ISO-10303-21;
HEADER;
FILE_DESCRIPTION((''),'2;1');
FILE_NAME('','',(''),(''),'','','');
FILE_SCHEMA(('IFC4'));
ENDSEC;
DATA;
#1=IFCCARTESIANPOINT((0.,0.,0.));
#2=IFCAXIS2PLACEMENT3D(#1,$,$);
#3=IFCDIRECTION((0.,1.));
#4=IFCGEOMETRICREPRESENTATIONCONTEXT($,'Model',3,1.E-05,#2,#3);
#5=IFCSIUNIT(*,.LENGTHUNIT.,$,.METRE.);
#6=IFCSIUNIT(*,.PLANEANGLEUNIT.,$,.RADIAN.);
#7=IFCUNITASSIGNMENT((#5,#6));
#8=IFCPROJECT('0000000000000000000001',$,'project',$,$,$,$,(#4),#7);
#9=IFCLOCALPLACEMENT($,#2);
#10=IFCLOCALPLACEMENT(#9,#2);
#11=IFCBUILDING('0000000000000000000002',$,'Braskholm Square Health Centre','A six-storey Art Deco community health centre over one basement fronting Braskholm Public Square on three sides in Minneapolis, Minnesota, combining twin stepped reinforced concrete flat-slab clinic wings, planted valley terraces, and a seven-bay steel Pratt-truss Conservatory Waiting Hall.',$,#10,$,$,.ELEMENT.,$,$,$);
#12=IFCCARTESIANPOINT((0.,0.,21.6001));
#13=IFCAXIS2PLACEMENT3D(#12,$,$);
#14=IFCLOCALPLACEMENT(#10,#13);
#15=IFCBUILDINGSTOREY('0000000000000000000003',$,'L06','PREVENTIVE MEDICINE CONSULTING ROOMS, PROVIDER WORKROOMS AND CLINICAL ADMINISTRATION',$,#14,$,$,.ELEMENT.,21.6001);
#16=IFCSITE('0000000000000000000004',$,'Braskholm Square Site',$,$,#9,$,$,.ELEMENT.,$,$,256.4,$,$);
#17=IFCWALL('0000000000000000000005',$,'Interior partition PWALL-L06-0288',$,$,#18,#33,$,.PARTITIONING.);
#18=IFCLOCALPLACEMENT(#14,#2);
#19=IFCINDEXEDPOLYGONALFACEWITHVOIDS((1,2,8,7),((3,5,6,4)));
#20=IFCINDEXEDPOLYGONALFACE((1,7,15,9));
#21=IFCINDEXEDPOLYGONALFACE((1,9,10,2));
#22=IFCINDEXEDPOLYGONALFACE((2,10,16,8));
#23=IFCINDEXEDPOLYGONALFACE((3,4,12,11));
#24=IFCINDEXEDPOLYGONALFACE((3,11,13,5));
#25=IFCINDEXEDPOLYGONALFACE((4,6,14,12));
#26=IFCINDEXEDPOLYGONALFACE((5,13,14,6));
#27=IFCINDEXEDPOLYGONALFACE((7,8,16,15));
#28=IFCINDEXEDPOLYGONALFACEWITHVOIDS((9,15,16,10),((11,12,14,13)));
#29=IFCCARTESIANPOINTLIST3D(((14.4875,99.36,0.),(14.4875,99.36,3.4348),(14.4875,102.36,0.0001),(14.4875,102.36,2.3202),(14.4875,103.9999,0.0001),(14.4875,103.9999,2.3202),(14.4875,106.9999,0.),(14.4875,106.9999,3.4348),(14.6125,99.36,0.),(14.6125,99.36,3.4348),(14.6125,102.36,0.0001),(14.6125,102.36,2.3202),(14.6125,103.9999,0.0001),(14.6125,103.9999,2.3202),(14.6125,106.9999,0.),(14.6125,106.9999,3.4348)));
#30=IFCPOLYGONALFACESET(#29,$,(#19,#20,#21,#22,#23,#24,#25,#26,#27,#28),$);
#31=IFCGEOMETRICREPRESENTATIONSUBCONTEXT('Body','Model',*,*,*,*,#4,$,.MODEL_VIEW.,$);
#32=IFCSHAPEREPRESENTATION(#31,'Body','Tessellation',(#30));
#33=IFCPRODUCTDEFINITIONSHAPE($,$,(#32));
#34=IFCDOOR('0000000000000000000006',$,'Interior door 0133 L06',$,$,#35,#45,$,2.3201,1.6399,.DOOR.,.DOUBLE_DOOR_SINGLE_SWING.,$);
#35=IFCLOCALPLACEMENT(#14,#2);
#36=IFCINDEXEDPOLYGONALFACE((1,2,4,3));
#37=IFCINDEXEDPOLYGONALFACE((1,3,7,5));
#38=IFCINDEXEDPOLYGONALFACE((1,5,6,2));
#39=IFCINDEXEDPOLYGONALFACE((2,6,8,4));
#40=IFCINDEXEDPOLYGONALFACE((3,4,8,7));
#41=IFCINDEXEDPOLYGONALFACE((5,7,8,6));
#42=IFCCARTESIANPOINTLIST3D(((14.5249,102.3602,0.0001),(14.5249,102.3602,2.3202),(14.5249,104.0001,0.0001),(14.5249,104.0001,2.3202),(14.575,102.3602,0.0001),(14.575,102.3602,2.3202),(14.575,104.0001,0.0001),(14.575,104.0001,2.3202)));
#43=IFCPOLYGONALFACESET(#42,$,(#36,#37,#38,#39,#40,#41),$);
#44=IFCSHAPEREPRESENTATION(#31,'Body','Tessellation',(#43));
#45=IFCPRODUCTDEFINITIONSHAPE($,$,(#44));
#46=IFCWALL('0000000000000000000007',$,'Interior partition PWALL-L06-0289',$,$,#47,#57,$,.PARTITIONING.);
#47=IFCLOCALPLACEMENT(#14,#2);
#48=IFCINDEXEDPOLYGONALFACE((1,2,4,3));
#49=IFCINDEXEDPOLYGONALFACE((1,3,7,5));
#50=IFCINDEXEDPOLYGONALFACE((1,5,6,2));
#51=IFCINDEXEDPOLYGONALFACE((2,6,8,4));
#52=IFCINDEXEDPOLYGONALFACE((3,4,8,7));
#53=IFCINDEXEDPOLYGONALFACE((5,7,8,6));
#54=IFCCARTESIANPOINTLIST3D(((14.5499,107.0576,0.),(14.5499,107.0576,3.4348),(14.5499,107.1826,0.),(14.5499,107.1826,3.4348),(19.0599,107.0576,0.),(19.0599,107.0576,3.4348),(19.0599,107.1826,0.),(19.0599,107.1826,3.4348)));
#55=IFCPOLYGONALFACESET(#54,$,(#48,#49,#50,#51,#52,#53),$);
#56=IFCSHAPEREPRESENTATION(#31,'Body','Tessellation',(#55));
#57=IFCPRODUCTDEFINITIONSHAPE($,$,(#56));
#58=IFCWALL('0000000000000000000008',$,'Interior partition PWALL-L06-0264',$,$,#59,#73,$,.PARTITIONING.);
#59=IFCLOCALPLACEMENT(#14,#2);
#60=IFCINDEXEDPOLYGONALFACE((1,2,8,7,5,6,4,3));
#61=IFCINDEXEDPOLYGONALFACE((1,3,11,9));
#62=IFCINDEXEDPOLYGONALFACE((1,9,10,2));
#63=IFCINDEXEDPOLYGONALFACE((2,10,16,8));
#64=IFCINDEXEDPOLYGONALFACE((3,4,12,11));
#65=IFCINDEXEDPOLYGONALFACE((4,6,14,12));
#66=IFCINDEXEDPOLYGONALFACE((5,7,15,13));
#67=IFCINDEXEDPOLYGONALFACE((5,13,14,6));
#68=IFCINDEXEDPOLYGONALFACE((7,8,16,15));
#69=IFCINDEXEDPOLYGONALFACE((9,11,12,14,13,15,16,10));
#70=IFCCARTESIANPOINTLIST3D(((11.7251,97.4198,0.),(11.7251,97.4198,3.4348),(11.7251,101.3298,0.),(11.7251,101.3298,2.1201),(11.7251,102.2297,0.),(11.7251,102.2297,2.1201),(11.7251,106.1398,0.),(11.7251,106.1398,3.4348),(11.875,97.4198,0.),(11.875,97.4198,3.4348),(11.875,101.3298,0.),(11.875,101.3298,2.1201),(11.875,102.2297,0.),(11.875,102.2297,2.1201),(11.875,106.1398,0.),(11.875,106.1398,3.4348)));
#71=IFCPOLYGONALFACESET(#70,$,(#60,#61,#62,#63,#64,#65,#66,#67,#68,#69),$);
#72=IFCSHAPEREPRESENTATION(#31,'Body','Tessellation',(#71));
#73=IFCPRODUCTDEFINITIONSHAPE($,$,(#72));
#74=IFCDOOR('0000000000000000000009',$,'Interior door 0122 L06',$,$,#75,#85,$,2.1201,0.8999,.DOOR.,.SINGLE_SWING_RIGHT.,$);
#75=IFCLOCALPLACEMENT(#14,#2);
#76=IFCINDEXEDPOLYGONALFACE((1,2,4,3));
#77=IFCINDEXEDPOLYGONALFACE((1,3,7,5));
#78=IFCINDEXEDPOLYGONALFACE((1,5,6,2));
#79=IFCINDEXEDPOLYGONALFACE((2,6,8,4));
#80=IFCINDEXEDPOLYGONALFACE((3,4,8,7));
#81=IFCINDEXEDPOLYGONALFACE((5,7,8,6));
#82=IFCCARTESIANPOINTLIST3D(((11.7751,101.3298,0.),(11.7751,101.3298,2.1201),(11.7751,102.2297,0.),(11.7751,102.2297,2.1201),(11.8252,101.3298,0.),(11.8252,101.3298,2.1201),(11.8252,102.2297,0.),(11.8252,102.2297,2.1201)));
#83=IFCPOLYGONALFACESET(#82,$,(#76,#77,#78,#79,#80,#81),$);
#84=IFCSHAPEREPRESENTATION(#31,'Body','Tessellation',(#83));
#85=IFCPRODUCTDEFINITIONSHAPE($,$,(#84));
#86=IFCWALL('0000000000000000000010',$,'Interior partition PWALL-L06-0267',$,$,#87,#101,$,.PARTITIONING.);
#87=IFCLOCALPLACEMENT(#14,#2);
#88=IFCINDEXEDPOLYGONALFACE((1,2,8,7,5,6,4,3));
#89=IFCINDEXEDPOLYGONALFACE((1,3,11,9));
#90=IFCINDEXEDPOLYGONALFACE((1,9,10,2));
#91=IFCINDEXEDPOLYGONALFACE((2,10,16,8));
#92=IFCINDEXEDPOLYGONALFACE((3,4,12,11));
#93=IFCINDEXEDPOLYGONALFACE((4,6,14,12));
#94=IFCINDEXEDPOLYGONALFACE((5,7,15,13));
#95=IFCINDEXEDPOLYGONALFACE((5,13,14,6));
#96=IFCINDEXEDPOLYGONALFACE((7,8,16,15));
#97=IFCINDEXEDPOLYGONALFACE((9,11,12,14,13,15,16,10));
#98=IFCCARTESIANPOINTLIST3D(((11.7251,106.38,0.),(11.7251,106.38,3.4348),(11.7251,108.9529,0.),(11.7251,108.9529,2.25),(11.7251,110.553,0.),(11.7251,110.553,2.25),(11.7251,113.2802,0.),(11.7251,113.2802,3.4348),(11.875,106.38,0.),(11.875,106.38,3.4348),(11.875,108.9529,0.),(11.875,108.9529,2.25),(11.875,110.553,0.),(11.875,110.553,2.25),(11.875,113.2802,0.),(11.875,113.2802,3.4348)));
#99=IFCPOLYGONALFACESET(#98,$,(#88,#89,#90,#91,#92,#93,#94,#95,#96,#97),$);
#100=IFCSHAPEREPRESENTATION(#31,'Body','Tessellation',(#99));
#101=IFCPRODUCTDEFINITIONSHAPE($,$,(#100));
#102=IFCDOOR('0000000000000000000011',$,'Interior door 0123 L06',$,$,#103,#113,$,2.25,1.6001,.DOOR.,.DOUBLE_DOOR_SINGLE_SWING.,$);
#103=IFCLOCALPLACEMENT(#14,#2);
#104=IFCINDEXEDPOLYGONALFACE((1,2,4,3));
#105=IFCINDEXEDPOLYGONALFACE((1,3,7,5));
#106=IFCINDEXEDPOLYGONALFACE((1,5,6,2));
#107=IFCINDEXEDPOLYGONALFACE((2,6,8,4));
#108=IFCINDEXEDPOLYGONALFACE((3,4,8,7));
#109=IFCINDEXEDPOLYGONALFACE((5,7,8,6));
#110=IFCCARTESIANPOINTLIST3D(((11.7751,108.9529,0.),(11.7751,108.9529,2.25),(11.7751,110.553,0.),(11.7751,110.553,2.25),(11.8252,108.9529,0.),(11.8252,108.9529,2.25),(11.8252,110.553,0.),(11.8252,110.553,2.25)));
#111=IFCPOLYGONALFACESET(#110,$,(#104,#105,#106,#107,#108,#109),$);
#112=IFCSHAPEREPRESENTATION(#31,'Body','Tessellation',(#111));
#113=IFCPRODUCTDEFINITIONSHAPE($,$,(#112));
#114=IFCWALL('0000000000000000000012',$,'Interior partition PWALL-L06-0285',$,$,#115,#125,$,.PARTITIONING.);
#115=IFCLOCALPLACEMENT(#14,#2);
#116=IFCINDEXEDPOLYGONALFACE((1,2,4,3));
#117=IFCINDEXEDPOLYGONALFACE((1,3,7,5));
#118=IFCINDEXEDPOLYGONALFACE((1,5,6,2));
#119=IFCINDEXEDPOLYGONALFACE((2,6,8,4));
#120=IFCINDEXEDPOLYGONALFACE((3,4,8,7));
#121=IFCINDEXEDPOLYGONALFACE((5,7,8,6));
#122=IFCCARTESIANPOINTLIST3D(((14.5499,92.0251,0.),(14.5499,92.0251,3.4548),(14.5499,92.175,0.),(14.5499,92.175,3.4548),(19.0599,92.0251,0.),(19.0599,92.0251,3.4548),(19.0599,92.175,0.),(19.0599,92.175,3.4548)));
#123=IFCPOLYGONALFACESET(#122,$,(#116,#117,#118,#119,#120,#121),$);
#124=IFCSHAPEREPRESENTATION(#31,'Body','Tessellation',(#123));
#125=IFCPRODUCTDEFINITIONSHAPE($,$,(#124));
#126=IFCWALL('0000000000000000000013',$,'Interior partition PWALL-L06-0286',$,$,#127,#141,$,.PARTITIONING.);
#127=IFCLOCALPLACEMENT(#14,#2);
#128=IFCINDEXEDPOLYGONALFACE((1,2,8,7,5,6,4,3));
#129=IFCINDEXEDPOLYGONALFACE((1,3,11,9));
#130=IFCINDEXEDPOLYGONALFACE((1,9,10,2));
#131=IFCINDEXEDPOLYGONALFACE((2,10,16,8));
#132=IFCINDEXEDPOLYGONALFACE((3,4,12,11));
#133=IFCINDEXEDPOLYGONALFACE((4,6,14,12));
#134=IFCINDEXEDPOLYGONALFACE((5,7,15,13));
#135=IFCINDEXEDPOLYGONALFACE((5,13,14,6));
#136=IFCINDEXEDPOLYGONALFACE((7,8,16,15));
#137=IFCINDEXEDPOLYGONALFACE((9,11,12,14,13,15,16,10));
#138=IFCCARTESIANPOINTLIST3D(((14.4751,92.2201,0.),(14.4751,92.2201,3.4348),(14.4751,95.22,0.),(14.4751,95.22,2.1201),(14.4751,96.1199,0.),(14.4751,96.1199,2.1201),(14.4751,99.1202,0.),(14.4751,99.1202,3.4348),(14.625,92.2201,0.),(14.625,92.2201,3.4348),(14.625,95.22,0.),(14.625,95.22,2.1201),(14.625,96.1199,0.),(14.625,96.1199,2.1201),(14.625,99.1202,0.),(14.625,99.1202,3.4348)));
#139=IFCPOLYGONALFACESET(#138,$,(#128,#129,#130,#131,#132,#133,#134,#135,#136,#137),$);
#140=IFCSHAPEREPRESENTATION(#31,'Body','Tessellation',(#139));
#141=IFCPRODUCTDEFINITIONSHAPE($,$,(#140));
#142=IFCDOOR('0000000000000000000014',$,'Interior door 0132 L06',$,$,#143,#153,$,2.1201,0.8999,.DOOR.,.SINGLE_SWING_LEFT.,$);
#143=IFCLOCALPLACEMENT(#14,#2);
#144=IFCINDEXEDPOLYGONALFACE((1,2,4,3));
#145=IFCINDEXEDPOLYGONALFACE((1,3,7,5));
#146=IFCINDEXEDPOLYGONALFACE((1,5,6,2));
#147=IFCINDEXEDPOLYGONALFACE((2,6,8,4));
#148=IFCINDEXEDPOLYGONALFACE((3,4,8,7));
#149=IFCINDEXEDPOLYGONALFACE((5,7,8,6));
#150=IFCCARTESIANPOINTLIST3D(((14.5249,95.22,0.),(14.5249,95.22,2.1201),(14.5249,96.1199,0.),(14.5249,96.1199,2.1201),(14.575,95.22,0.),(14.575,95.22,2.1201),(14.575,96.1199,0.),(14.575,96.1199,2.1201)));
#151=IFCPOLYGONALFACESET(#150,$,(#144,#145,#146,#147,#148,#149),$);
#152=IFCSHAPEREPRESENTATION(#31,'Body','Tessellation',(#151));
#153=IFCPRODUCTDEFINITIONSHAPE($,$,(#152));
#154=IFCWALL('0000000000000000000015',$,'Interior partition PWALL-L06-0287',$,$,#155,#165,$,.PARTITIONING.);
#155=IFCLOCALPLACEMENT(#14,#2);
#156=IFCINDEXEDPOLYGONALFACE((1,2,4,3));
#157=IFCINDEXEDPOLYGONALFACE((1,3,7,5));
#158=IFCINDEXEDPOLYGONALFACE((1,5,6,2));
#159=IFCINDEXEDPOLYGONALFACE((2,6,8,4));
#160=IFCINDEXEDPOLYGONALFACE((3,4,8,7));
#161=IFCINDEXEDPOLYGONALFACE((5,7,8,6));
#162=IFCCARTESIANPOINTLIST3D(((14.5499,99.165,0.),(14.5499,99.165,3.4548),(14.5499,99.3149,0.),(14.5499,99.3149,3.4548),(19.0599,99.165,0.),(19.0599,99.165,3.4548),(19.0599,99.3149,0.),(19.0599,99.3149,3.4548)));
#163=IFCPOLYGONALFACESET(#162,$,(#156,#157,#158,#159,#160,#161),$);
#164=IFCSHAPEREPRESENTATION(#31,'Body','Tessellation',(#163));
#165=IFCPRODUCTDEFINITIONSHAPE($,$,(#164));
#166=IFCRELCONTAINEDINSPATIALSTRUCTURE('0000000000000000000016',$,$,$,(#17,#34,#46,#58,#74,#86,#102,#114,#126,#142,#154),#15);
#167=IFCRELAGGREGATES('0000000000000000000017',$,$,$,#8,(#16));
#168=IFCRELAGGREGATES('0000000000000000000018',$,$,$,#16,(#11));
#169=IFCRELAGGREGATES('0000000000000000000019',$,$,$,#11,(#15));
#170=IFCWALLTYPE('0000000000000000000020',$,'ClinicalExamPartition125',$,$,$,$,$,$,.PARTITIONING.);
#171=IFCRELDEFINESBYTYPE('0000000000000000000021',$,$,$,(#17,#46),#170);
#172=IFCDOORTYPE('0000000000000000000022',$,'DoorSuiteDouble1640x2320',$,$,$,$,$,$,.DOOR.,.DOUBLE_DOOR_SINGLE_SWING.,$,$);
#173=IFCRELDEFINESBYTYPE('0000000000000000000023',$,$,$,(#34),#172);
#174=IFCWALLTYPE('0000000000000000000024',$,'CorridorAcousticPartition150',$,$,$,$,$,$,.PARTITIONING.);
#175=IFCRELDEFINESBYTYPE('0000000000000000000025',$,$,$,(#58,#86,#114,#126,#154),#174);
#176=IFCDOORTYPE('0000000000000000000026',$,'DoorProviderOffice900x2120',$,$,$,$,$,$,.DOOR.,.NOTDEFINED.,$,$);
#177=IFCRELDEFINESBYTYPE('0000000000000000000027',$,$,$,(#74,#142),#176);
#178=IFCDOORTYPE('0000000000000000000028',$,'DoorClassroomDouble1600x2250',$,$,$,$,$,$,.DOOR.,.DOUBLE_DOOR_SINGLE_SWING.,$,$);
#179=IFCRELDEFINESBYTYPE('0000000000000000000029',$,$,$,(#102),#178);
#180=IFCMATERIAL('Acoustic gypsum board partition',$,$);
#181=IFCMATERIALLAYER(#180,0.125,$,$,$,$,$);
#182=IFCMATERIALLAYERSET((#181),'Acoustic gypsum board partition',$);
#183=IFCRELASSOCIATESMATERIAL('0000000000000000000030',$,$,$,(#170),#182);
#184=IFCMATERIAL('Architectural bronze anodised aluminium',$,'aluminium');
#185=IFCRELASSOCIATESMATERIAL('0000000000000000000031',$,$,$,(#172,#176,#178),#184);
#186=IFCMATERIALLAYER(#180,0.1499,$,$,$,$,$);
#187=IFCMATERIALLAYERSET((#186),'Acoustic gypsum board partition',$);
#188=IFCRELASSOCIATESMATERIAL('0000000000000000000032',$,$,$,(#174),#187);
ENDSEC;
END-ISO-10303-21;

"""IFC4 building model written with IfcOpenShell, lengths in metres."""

from ifc_helpers import new_model, si_unit, direction, frame, frame_2d, origin, origin_with_axes, place, context, subcontext, project, spatial, rectangle, extrude, material, layer, layer_set, type_object, element, fill, save


model = new_model("IFC4")

# Units and contexts
model_context = context("Model", 3, precision=1e-05, world=origin(), true_north=direction((0.0, 1.0)))
body_context = subcontext(model_context, "Body", "Model", "MODEL_VIEW")
ifc_project = project(units=[si_unit("LENGTHUNIT", "METRE"), si_unit("PLANEANGLEUNIT", "RADIAN")], contexts=[model_context])

# Site, building, storey
site_placement = place(None, origin())
site = spatial("IfcSite", under=ifc_project, at=site_placement, Name="Braskholm Square Site", CompositionType="ELEMENT", RefElevation=256.4)
building_placement = place(site_placement, origin())
building = spatial("IfcBuilding", under=site, at=building_placement, Name="Braskholm Square Health Centre", Description="A six-storey Art Deco community health centre over one basement fronting Braskholm Public Square on three sides in Minneapolis, Minnesota, combining twin stepped reinforced concrete flat-slab clinic wings, planted valley terraces, and a seven-bay steel Pratt-truss Conservatory Waiting Hall.", CompositionType="ELEMENT")
storey_placement = place(building_placement, frame((0.0, 0.0, 21.6001)))
storey = spatial("IfcBuildingStorey", under=building, at=storey_placement, Name="L06", Description="PREVENTIVE MEDICINE CONSULTING ROOMS, PROVIDER WORKROOMS AND CLINICAL ADMINISTRATION", CompositionType="ELEMENT", Elevation=21.6001)

# Shared definitions
ifc_material_1 = material(Name="Architectural bronze anodised aluminium", Category="aluminium")

# Wall, opening, door
ifc_material_2 = material(Name="Acoustic gypsum board partition")
ifc_layer_1 = layer(ifc_material_2, 0.125)
ifc_layer_set_1 = layer_set([ifc_layer_1], Name="Acoustic gypsum board partition")
wall_type_1 = type_object("IfcWallType", Name="ClinicalExamPartition125", PredefinedType="PARTITIONING", material=ifc_layer_set_1)
wall_1_placement = place(storey_placement, frame((14.55, 99.3601, 0.0), z_axis=(0.0, 0.0, 1.0), x_axis=(0.0, 1.0, 0.0)))
wall_1 = element("IfcWall", 1, at=wall_1_placement, inside=storey, type_object=wall_type_1, Name="Interior partition PWALL-L06-0288", PredefinedType="PARTITIONING", context=body_context, shape_type="SweptSolid", body=[
    extrude(rectangle(XDim=7.6399, YDim=0.125, at=frame_2d((3.8198, 0.0))), origin(), (0.0, 0.0, 1.0), 3.4348),
])
opening_1_placement = place(wall_1_placement, frame((3.0, 0.0, 0.0)))
opening_1 = element("IfcOpeningElement", 2, at=opening_1_placement, cuts=wall_1, PredefinedType="OPENING", context=body_context, shape_type="SweptSolid", body=[
    extrude(rectangle(XDim=1.6399, YDim=2.3201, at=frame_2d((0.8198, 1.1602))), frame((0.0, 0.0725, 0.0), z_axis=(0.0, -1.0, 0.0), x_axis=(1.0, 0.0, 0.0)), (0.0, 0.0, 1.0), 0.145),
])
door_type_1 = type_object("IfcDoorType", Name="DoorSuiteDouble1640x2320", OperationType="DOUBLE_DOOR_SINGLE_SWING", PredefinedType="DOOR", material=ifc_material_1)
door_1_placement = place(opening_1_placement, frame((1.6399, 0.0, 0.0), z_axis=(0.0, 0.0, 1.0), x_axis=(-1.0, 0.0, 0.0)))
door_1 = element("IfcDoor", 3, at=door_1_placement, inside=storey, type_object=door_type_1, Name="Interior door 0133 L06", OperationType="DOUBLE_DOOR_SINGLE_SWING", OverallHeight=2.3201, OverallWidth=1.6399, PredefinedType="DOOR", context=body_context, shape_type="SweptSolid", body=[
    extrude(rectangle(XDim=1.6399, YDim=2.3201, at=frame_2d((0.8198, 1.1602))), frame((0.0, 0.0249, 0.0), z_axis=(0.0, -1.0, 0.0), x_axis=(1.0, 0.0, 0.0)), (0.0, 0.0, 1.0), 0.05),
])
fill(opening_1, door_1)

# Wall
wall_2_placement = place(storey_placement, frame((14.55, 107.1201, 0.0), z_axis=(0.0, 0.0, 1.0), x_axis=(1.0, 0.0, 0.0)))
element("IfcWall", 4, at=wall_2_placement, inside=storey, type_object=wall_type_1, Name="Interior partition PWALL-L06-0289", PredefinedType="PARTITIONING", context=body_context, shape_type="SweptSolid", body=[
    extrude(rectangle(XDim=4.51, YDim=0.125, at=frame_2d((2.2549, 0.0))), origin(), (0.0, 0.0, 1.0), 3.4348),
])

# Walls, openings, doors
ifc_layer_2 = layer(ifc_material_2, 0.1499)
ifc_layer_set_2 = layer_set([ifc_layer_2], Name="Acoustic gypsum board partition")
wall_type_2 = type_object("IfcWallType", Name="CorridorAcousticPartition150", PredefinedType="PARTITIONING", material=ifc_layer_set_2)
wall_3_placement = place(storey_placement, frame((11.8, 97.4199, 0.0), z_axis=(0.0, 0.0, 1.0), x_axis=(0.0, 1.0, 0.0)))
wall_3 = element("IfcWall", 5, at=wall_3_placement, inside=storey, type_object=wall_type_2, Name="Interior partition PWALL-L06-0264", PredefinedType="PARTITIONING", context=body_context, shape_type="SweptSolid", body=[
    extrude(rectangle(XDim=8.72, YDim=0.1499, at=frame_2d((4.3599, 0.0))), origin(), (0.0, 0.0, 1.0), 3.4348),
])
opening_2_placement = place(wall_3_placement, frame((3.9099, 0.0, 0.0)))
opening_2 = element("IfcOpeningElement", 6, at=opening_2_placement, cuts=wall_3, PredefinedType="OPENING", context=body_context, shape_type="SweptSolid", body=[
    extrude(rectangle(XDim=0.8999, YDim=2.1201, at=frame_2d((0.45, 1.0601))), frame((0.0, 0.085, 0.0), z_axis=(0.0, -1.0, 0.0), x_axis=(1.0, 0.0, 0.0)), (0.0, 0.0, 1.0), 0.1699),
])
door_type_2 = type_object("IfcDoorType", Name="DoorProviderOffice900x2120", OperationType="NOTDEFINED", PredefinedType="DOOR", material=ifc_material_1)
door_2_placement = place(opening_2_placement, origin_with_axes())
door_2 = element("IfcDoor", 7, at=door_2_placement, inside=storey, type_object=door_type_2, Name="Interior door 0122 L06", OperationType="SINGLE_SWING_RIGHT", OverallHeight=2.1201, OverallWidth=0.8999, PredefinedType="DOOR", context=body_context, shape_type="SweptSolid", body=[
    extrude(rectangle(XDim=0.8999, YDim=2.1201, at=frame_2d((0.45, 1.0601))), frame((0.0, 0.0249, 0.0), z_axis=(0.0, -1.0, 0.0), x_axis=(1.0, 0.0, 0.0)), (0.0, 0.0, 1.0), 0.05),
])
fill(opening_2, door_2)
wall_4_placement = place(storey_placement, frame((11.8, 106.3799, 0.0), z_axis=(0.0, 0.0, 1.0), x_axis=(0.0, 1.0, 0.0)))
wall_4 = element("IfcWall", 8, at=wall_4_placement, inside=storey, type_object=wall_type_2, Name="Interior partition PWALL-L06-0267", PredefinedType="PARTITIONING", context=body_context, shape_type="SweptSolid", body=[
    extrude(rectangle(XDim=6.9001, YDim=0.1499, at=frame_2d((3.4502, 0.0))), origin(), (0.0, 0.0, 1.0), 3.4348),
])
opening_3_placement = place(wall_4_placement, frame((2.573, 0.0, 0.0)))
opening_3 = element("IfcOpeningElement", 9, at=opening_3_placement, cuts=wall_4, PredefinedType="OPENING", context=body_context, shape_type="SweptSolid", body=[
    extrude(rectangle(XDim=1.6001, YDim=2.25, at=frame_2d((0.8, 1.125))), frame((0.0, 0.085, 0.0), z_axis=(0.0, -1.0, 0.0), x_axis=(1.0, 0.0, 0.0)), (0.0, 0.0, 1.0), 0.1699),
])
door_type_3 = type_object("IfcDoorType", Name="DoorClassroomDouble1600x2250", OperationType="DOUBLE_DOOR_SINGLE_SWING", PredefinedType="DOOR", material=ifc_material_1)
door_3_placement = place(opening_3_placement, origin_with_axes())
door_3 = element("IfcDoor", 10, at=door_3_placement, inside=storey, type_object=door_type_3, Name="Interior door 0123 L06", OperationType="DOUBLE_DOOR_SINGLE_SWING", OverallHeight=2.25, OverallWidth=1.6001, PredefinedType="DOOR", context=body_context, shape_type="SweptSolid", body=[
    extrude(rectangle(XDim=1.6001, YDim=2.25, at=frame_2d((0.8, 1.125))), frame((0.0, 0.0249, 0.0), z_axis=(0.0, -1.0, 0.0), x_axis=(1.0, 0.0, 0.0)), (0.0, 0.0, 1.0), 0.05),
])
fill(opening_3, door_3)

# Wall
wall_5_placement = place(storey_placement, frame((14.55, 92.1001, 0.0), z_axis=(0.0, 0.0, 1.0), x_axis=(1.0, 0.0, 0.0)))
element("IfcWall", 11, at=wall_5_placement, inside=storey, type_object=wall_type_2, Name="Interior partition PWALL-L06-0285", PredefinedType="PARTITIONING", context=body_context, shape_type="SweptSolid", body=[
    extrude(rectangle(XDim=4.51, YDim=0.1499, at=frame_2d((2.2549, 0.0))), origin(), (0.0, 0.0, 1.0), 3.4548),
])

# Wall, opening, door
wall_6_placement = place(storey_placement, frame((14.55, 92.22, 0.0), z_axis=(0.0, 0.0, 1.0), x_axis=(0.0, 1.0, 0.0)))
wall_6 = element("IfcWall", 12, at=wall_6_placement, inside=storey, type_object=wall_type_2, Name="Interior partition PWALL-L06-0286", PredefinedType="PARTITIONING", context=body_context, shape_type="SweptSolid", body=[
    extrude(rectangle(XDim=6.9001, YDim=0.1499, at=frame_2d((3.4502, 0.0))), origin(), (0.0, 0.0, 1.0), 3.4348),
])
opening_4_placement = place(wall_6_placement, frame((3.0, 0.0, 0.0)))
opening_4 = element("IfcOpeningElement", 13, at=opening_4_placement, cuts=wall_6, PredefinedType="OPENING", context=body_context, shape_type="SweptSolid", body=[
    extrude(rectangle(XDim=0.8999, YDim=2.1201, at=frame_2d((0.45, 1.0601))), frame((0.0, 0.085, 0.0), z_axis=(0.0, -1.0, 0.0), x_axis=(1.0, 0.0, 0.0)), (0.0, 0.0, 1.0), 0.1699),
])
door_4_placement = place(opening_4_placement, frame((0.8999, 0.0, 0.0), z_axis=(0.0, 0.0, 1.0), x_axis=(-1.0, 0.0, 0.0)))
door_4 = element("IfcDoor", 14, at=door_4_placement, inside=storey, type_object=door_type_2, Name="Interior door 0132 L06", OperationType="SINGLE_SWING_LEFT", OverallHeight=2.1201, OverallWidth=0.8999, PredefinedType="DOOR", context=body_context, shape_type="SweptSolid", body=[
    extrude(rectangle(XDim=0.8999, YDim=2.1201, at=frame_2d((0.45, 1.0601))), frame((0.0, 0.0249, 0.0), z_axis=(0.0, -1.0, 0.0), x_axis=(1.0, 0.0, 0.0)), (0.0, 0.0, 1.0), 0.05),
])
fill(opening_4, door_4)

# Wall
wall_7_placement = place(storey_placement, frame((14.55, 99.24, 0.0), z_axis=(0.0, 0.0, 1.0), x_axis=(1.0, 0.0, 0.0)))
element("IfcWall", 15, at=wall_7_placement, inside=storey, type_object=wall_type_2, Name="Interior partition PWALL-L06-0287", PredefinedType="PARTITIONING", context=body_context, shape_type="SweptSolid", body=[
    extrude(rectangle(XDim=4.51, YDim=0.1499, at=frame_2d((2.2549, 0.0))), origin(), (0.0, 0.0, 1.0), 3.4548),
])

save(model, "model.ifc")
